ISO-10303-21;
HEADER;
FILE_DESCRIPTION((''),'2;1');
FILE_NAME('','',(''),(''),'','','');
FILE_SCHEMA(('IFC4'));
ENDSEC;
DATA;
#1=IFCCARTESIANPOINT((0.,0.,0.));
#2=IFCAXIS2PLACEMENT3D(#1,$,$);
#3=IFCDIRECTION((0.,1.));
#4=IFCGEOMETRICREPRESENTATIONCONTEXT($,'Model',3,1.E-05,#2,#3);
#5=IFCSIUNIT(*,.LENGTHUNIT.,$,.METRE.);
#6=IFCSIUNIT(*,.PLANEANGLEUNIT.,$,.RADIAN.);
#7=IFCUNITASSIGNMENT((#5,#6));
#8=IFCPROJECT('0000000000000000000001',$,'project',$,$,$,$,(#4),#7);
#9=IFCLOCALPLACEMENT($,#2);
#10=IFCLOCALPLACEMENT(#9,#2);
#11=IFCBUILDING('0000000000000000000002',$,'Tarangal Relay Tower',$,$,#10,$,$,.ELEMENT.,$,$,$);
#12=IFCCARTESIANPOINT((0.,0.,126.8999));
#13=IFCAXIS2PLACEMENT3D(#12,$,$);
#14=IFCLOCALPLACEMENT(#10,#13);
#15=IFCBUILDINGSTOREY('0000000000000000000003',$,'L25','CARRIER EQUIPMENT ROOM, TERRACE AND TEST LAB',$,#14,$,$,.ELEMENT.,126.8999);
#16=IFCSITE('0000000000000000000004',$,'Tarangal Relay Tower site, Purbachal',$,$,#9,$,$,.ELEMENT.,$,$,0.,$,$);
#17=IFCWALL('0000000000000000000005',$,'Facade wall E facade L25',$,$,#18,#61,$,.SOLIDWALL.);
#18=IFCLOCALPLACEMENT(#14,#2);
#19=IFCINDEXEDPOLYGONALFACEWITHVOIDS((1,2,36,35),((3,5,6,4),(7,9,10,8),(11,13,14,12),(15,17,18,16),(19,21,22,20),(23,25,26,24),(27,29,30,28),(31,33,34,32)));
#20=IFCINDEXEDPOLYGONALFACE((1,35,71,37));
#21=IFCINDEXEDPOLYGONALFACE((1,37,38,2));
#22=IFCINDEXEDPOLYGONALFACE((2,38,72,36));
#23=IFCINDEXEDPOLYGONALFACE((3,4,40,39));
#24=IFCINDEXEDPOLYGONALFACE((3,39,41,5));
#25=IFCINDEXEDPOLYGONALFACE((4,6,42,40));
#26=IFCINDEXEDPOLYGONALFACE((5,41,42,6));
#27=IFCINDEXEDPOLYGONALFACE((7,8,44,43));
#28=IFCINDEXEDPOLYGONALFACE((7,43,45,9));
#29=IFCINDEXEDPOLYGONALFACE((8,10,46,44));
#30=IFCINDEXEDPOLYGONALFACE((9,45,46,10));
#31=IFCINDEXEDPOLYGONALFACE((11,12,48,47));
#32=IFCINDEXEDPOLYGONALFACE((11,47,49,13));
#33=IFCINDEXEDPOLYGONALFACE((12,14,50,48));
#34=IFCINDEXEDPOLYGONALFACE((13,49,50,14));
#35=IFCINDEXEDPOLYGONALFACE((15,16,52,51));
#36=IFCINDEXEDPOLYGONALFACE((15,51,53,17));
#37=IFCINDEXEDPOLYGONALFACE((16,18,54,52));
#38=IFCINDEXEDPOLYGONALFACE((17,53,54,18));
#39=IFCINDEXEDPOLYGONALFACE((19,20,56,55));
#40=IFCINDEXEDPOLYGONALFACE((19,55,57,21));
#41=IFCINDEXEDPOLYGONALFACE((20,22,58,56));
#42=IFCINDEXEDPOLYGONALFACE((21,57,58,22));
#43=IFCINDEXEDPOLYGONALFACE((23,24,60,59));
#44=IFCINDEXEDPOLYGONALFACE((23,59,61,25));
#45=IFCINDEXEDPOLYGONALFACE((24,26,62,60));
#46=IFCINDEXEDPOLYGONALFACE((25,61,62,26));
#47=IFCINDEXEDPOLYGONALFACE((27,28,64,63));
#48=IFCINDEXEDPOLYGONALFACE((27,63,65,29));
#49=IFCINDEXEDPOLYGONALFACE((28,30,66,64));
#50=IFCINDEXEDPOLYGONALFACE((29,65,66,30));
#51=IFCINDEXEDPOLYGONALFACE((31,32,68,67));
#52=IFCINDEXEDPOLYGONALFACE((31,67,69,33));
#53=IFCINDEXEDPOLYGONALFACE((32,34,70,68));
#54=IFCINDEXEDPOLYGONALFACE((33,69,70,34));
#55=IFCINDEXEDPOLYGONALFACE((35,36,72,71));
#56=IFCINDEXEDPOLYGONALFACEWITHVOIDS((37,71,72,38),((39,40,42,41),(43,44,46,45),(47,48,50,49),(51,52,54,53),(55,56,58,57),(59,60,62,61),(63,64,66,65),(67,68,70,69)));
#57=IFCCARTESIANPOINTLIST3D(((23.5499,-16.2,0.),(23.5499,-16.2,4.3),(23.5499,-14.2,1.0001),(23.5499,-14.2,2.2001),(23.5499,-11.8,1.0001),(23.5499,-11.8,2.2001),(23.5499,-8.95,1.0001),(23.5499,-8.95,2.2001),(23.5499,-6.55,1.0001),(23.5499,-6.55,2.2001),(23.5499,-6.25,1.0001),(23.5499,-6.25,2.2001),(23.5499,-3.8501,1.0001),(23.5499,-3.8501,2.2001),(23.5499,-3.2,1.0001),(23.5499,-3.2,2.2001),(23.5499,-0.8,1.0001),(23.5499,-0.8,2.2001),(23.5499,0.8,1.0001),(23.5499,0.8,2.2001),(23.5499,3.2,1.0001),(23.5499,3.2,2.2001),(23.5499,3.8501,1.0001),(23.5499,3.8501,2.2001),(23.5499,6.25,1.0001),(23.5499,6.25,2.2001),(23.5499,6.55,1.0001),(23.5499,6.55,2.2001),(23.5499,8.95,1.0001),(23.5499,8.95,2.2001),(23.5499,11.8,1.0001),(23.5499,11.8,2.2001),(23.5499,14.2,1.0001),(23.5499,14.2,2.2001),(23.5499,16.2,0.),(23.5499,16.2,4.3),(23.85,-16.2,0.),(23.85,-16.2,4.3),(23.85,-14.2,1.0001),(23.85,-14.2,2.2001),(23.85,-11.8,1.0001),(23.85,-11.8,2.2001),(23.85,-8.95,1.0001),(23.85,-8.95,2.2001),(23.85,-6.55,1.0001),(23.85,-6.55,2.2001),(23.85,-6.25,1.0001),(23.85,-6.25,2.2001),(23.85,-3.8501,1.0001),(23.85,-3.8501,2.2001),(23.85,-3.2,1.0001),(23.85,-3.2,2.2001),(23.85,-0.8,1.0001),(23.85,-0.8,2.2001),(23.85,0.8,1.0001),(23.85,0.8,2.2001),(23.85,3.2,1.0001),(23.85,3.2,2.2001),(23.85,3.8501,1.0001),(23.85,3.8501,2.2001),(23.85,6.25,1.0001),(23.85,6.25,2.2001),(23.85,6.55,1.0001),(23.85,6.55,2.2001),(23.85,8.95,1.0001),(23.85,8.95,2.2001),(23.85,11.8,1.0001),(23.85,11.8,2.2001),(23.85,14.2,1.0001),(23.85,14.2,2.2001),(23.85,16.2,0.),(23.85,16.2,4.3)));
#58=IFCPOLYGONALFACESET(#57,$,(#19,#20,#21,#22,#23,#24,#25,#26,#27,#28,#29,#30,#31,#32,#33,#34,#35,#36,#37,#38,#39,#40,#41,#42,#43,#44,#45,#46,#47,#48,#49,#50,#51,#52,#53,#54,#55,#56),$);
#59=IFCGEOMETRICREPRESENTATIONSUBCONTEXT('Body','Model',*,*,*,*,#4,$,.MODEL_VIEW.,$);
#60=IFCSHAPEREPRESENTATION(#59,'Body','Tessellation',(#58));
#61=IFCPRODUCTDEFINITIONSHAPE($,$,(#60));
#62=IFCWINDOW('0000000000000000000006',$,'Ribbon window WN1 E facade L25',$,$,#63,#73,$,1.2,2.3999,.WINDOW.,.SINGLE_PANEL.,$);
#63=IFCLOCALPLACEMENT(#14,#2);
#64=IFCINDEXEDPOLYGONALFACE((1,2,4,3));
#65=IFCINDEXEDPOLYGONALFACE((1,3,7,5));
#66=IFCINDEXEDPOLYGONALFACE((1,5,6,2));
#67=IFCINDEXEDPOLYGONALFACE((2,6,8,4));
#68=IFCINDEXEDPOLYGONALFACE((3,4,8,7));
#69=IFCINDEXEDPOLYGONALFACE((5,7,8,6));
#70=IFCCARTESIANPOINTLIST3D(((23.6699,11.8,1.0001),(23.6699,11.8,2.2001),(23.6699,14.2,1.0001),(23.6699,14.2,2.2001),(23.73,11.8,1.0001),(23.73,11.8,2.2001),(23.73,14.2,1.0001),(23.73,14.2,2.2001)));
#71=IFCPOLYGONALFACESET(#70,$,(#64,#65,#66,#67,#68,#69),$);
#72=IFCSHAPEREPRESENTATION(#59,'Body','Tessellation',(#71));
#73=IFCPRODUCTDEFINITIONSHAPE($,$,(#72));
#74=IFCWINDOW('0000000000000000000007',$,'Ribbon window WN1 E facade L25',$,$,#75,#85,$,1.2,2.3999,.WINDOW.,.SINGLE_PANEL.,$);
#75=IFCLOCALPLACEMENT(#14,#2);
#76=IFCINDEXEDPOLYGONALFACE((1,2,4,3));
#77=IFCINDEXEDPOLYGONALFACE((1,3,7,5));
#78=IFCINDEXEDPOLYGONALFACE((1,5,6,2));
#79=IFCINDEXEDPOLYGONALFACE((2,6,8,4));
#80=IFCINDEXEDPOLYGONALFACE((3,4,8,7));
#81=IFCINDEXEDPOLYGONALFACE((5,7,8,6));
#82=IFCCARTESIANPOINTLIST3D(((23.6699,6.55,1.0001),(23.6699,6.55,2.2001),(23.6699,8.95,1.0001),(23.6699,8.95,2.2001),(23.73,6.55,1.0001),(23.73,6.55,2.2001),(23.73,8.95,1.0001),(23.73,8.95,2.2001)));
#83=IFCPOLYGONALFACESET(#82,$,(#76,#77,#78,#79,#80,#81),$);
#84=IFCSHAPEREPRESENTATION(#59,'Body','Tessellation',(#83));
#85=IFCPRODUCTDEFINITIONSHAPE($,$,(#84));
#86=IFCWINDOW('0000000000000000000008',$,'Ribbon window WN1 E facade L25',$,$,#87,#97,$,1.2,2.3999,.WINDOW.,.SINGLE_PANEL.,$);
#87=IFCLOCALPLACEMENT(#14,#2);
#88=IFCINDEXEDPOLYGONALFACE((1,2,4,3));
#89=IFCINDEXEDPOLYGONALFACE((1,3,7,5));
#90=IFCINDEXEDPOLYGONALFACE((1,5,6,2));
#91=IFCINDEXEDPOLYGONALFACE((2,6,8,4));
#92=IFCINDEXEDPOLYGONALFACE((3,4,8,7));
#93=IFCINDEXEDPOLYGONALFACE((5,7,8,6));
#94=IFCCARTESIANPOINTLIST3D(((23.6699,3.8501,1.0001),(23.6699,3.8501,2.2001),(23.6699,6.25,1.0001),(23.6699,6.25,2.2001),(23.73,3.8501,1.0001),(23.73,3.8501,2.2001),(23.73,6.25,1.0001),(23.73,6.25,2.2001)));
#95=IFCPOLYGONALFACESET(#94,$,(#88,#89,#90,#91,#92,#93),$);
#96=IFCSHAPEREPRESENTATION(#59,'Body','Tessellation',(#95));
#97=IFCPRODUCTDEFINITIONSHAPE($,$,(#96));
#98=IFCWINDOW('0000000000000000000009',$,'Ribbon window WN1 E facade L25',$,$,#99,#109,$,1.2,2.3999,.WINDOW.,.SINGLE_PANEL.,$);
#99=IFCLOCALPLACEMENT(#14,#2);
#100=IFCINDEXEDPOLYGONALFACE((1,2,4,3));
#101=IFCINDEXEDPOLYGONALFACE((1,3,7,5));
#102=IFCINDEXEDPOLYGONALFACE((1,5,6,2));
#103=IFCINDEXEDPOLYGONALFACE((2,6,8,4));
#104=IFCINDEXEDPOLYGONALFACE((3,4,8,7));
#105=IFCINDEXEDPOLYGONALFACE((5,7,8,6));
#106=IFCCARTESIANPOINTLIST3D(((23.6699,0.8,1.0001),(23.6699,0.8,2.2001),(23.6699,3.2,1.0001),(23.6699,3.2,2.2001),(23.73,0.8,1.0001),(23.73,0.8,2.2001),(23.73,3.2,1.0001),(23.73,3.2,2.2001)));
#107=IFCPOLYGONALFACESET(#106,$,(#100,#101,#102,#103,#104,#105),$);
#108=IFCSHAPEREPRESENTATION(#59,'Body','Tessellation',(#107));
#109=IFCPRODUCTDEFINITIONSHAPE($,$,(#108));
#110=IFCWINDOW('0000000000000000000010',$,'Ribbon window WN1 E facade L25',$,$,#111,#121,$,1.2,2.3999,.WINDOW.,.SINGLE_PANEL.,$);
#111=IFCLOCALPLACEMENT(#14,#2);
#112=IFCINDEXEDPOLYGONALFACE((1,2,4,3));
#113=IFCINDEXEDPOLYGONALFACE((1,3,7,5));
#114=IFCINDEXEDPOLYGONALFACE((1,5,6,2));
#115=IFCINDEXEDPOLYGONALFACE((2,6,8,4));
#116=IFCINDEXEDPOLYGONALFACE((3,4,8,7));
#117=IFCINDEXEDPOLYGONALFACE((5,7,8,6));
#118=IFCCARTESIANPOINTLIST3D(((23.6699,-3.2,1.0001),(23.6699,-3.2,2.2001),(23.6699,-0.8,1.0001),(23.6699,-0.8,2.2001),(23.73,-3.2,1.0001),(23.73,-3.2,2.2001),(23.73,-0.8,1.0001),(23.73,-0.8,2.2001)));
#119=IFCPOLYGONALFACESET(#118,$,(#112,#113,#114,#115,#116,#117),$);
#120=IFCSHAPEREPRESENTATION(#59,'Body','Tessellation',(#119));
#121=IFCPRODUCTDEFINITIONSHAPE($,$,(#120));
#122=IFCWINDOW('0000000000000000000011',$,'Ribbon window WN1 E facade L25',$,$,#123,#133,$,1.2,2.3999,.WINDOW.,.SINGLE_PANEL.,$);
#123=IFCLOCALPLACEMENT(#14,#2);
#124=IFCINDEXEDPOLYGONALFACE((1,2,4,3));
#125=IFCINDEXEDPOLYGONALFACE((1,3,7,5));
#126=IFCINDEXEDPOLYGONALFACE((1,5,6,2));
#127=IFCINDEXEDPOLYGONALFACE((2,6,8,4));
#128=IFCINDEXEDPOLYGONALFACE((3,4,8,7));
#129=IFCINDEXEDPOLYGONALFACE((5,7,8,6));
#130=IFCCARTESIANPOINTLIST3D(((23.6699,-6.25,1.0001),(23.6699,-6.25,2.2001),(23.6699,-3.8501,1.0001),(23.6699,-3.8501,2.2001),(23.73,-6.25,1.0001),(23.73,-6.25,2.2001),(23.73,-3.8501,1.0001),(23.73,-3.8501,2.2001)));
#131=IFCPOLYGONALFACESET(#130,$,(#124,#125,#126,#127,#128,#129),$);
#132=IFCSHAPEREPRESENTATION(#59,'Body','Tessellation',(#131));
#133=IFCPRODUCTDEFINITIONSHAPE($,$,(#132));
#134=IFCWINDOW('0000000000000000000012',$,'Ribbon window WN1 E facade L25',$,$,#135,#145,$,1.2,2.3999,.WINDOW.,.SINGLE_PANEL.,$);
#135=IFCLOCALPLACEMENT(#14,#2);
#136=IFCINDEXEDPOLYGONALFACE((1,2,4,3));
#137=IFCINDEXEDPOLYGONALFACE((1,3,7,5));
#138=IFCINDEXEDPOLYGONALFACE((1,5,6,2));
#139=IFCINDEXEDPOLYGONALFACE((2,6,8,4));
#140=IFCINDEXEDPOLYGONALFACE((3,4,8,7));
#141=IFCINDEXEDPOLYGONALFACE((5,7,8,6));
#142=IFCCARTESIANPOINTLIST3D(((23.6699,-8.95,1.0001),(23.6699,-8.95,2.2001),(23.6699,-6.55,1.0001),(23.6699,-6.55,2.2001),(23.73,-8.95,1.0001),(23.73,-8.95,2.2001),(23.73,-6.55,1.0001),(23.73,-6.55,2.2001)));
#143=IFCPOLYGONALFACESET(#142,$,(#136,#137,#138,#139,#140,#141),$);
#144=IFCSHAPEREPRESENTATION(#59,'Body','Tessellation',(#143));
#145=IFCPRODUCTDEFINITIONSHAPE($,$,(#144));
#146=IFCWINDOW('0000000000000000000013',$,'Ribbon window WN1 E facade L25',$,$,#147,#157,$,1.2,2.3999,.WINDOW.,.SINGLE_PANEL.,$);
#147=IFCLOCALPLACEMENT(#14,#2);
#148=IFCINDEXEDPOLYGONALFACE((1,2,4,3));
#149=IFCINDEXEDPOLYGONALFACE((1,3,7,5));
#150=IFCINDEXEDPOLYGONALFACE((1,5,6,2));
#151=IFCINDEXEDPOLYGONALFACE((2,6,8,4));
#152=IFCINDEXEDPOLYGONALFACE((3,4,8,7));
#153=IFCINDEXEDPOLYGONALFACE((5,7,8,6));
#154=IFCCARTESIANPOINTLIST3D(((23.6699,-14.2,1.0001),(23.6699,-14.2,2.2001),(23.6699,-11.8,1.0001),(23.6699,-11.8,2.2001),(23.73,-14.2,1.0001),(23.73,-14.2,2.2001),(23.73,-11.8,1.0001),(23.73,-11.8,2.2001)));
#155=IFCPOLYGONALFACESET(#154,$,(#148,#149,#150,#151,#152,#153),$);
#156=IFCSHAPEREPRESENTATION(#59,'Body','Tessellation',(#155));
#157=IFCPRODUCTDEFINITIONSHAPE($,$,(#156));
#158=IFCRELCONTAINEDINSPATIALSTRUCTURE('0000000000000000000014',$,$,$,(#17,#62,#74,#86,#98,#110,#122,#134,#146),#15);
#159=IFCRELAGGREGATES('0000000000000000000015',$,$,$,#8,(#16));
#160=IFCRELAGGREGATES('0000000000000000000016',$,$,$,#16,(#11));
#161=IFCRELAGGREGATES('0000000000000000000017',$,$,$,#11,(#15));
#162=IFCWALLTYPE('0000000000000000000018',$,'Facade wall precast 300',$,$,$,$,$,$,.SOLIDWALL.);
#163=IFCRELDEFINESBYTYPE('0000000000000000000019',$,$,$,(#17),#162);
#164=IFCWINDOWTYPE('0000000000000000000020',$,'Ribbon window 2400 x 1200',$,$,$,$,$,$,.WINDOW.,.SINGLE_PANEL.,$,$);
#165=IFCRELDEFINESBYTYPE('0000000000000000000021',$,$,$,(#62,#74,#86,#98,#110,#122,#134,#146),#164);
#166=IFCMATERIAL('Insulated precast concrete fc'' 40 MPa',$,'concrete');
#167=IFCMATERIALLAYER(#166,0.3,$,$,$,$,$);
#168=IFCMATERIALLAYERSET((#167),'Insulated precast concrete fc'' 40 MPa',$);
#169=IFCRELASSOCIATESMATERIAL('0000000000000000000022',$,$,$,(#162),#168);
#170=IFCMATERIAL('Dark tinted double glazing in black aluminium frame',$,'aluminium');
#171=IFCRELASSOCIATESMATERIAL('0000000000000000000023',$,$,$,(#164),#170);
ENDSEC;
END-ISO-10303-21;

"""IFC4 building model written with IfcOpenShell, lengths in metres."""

from ifc_helpers import new_model, si_unit, direction, frame, frame_2d, origin, place, context, subcontext, project, spatial, rectangle, extrude, material, layer, layer_set, type_object, element, fill, save


model = new_model("IFC4")

# Units and contexts
model_context = context("Model", 3, precision=1e-05, world=origin(), true_north=direction((0.0, 1.0)))
body_context = subcontext(model_context, "Body", "Model", "MODEL_VIEW")
ifc_project = project(units=[si_unit("LENGTHUNIT", "METRE"), si_unit("PLANEANGLEUNIT", "RADIAN")], contexts=[model_context])

# Site, building, storey
site_placement = place(None, origin())
site = spatial("IfcSite", under=ifc_project, at=site_placement, Name="Tarangal Relay Tower site, Purbachal", CompositionType="ELEMENT", RefElevation=0.0)
building_placement = place(site_placement, origin())
building = spatial("IfcBuilding", under=site, at=building_placement, Name="Tarangal Relay Tower", CompositionType="ELEMENT")
storey_placement = place(building_placement, frame((0.0, 0.0, 126.8999)))
storey = spatial("IfcBuildingStorey", under=building, at=storey_placement, Name="L25", Description="CARRIER EQUIPMENT ROOM, TERRACE AND TEST LAB", CompositionType="ELEMENT", Elevation=126.8999)

# Shared definitions
ifc_material_1 = material(Name="Insulated precast concrete fc' 40 MPa", Category="concrete")
ifc_layer_1 = layer(ifc_material_1, 0.3)
ifc_layer_set_1 = layer_set([ifc_layer_1], Name="Insulated precast concrete fc' 40 MPa")
wall_type_1 = type_object("IfcWallType", Name="Facade wall precast 300", PredefinedType="SOLIDWALL", material=ifc_layer_set_1)

# Wall, openings, windows
wall_1_placement = place(storey_placement, frame((23.7, 16.2, 0.0), z_axis=(0.0, 0.0, 1.0), x_axis=(0.0, -1.0, 0.0)))
wall_1 = element("IfcWall", 1, at=wall_1_placement, inside=storey, type_object=wall_type_1, Name="Facade wall E facade L25", PredefinedType="SOLIDWALL", context=body_context, shape_type="SweptSolid", body=[
    extrude(rectangle(XDim=32.3999, YDim=0.3, at=frame_2d((16.2, 0.0))), origin(), (0.0, 0.0, 1.0), 4.3),
])
opening_1_placement = place(wall_1_placement, frame((2.0, 0.0, 1.0)))
opening_1 = element("IfcOpeningElement", 2, at=opening_1_placement, cuts=wall_1, PredefinedType="OPENING", context=body_context, shape_type="SweptSolid", body=[
    extrude(rectangle(XDim=2.3999, YDim=1.2, at=frame_2d((1.2, 0.6001))), frame((0.0, 0.1599, 0.0), z_axis=(0.0, -1.0, 0.0), x_axis=(1.0, 0.0, 0.0)), (0.0, 0.0, 1.0), 0.3201),
])
opening_2_placement = place(wall_1_placement, frame((7.25, 0.0, 1.0)))
opening_2 = element("IfcOpeningElement", 3, at=opening_2_placement, cuts=wall_1, PredefinedType="OPENING", context=body_context, shape_type="SweptSolid", body=[
    extrude(rectangle(XDim=2.3999, YDim=1.2, at=frame_2d((1.2, 0.6001))), frame((0.0, 0.1599, 0.0), z_axis=(0.0, -1.0, 0.0), x_axis=(1.0, 0.0, 0.0)), (0.0, 0.0, 1.0), 0.3201),
])
opening_3_placement = place(wall_1_placement, frame((9.95, 0.0, 1.0)))
opening_3 = element("IfcOpeningElement", 4, at=opening_3_placement, cuts=wall_1, PredefinedType="OPENING", context=body_context, shape_type="SweptSolid", body=[
    extrude(rectangle(XDim=2.3999, YDim=1.2, at=frame_2d((1.2, 0.6001))), frame((0.0, 0.1599, 0.0), z_axis=(0.0, -1.0, 0.0), x_axis=(1.0, 0.0, 0.0)), (0.0, 0.0, 1.0), 0.3201),
])
opening_4_placement = place(wall_1_placement, frame((13.0, 0.0, 1.0)))
opening_4 = element("IfcOpeningElement", 5, at=opening_4_placement, cuts=wall_1, PredefinedType="OPENING", context=body_context, shape_type="SweptSolid", body=[
    extrude(rectangle(XDim=2.3999, YDim=1.2, at=frame_2d((1.2, 0.6001))), frame((0.0, 0.1599, 0.0), z_axis=(0.0, -1.0, 0.0), x_axis=(1.0, 0.0, 0.0)), (0.0, 0.0, 1.0), 0.3201),
])
opening_5_placement = place(wall_1_placement, frame((17.0, 0.0, 1.0)))
opening_5 = element("IfcOpeningElement", 6, at=opening_5_placement, cuts=wall_1, PredefinedType="OPENING", context=body_context, shape_type="SweptSolid", body=[
    extrude(rectangle(XDim=2.3999, YDim=1.2, at=frame_2d((1.2, 0.6001))), frame((0.0, 0.1599, 0.0), z_axis=(0.0, -1.0, 0.0), x_axis=(1.0, 0.0, 0.0)), (0.0, 0.0, 1.0), 0.3201),
])
opening_6_placement = place(wall_1_placement, frame((20.05, 0.0, 1.0)))
opening_6 = element("IfcOpeningElement", 7, at=opening_6_placement, cuts=wall_1, PredefinedType="OPENING", context=body_context, shape_type="SweptSolid", body=[
    extrude(rectangle(XDim=2.3999, YDim=1.2, at=frame_2d((1.2, 0.6001))), frame((0.0, 0.1599, 0.0), z_axis=(0.0, -1.0, 0.0), x_axis=(1.0, 0.0, 0.0)), (0.0, 0.0, 1.0), 0.3201),
])
opening_7_placement = place(wall_1_placement, frame((22.75, 0.0, 1.0)))
opening_7 = element("IfcOpeningElement", 8, at=opening_7_placement, cuts=wall_1, PredefinedType="OPENING", context=body_context, shape_type="SweptSolid", body=[
    extrude(rectangle(XDim=2.3999, YDim=1.2, at=frame_2d((1.2, 0.6001))), frame((0.0, 0.1599, 0.0), z_axis=(0.0, -1.0, 0.0), x_axis=(1.0, 0.0, 0.0)), (0.0, 0.0, 1.0), 0.3201),
])
opening_8_placement = place(wall_1_placement, frame((28.0, 0.0, 1.0)))
opening_8 = element("IfcOpeningElement", 9, at=opening_8_placement, cuts=wall_1, PredefinedType="OPENING", context=body_context, shape_type="SweptSolid", body=[
    extrude(rectangle(XDim=2.3999, YDim=1.2, at=frame_2d((1.2, 0.6001))), frame((0.0, 0.1599, 0.0), z_axis=(0.0, -1.0, 0.0), x_axis=(1.0, 0.0, 0.0)), (0.0, 0.0, 1.0), 0.3201),
])
ifc_material_2 = material(Name="Dark tinted double glazing in black aluminium frame", Category="aluminium")
window_type = type_object("IfcWindowType", Name="Ribbon window 2400 x 1200", PartitioningType="SINGLE_PANEL", PredefinedType="WINDOW", material=ifc_material_2)
window_1_placement = place(opening_1_placement, origin())
window_1 = element("IfcWindow", 10, at=window_1_placement, inside=storey, type_object=window_type, Name="Ribbon window WN1 E facade L25", OverallHeight=1.2, OverallWidth=2.3999, PartitioningType="SINGLE_PANEL", PredefinedType="WINDOW", context=body_context, shape_type="SweptSolid", body=[
    extrude(rectangle(XDim=2.3999, YDim=1.2, at=frame_2d((1.2, 0.6001))), frame((0.0, 0.03, 0.0), z_axis=(0.0, -1.0, 0.0), x_axis=(1.0, 0.0, 0.0)), (0.0, 0.0, 1.0), 0.0601),
])
fill(opening_1, window_1)
window_2_placement = place(opening_2_placement, origin())
window_2 = element("IfcWindow", 11, at=window_2_placement, inside=storey, type_object=window_type, Name="Ribbon window WN1 E facade L25", OverallHeight=1.2, OverallWidth=2.3999, PartitioningType="SINGLE_PANEL", PredefinedType="WINDOW", context=body_context, shape_type="SweptSolid", body=[
    extrude(rectangle(XDim=2.3999, YDim=1.2, at=frame_2d((1.2, 0.6001))), frame((0.0, 0.03, 0.0), z_axis=(0.0, -1.0, 0.0), x_axis=(1.0, 0.0, 0.0)), (0.0, 0.0, 1.0), 0.0601),
])
fill(opening_2, window_2)
window_3_placement = place(opening_3_placement, origin())
window_3 = element("IfcWindow", 12, at=window_3_placement, inside=storey, type_object=window_type, Name="Ribbon window WN1 E facade L25", OverallHeight=1.2, OverallWidth=2.3999, PartitioningType="SINGLE_PANEL", PredefinedType="WINDOW", context=body_context, shape_type="SweptSolid", body=[
    extrude(rectangle(XDim=2.3999, YDim=1.2, at=frame_2d((1.2, 0.6001))), frame((0.0, 0.03, 0.0), z_axis=(0.0, -1.0, 0.0), x_axis=(1.0, 0.0, 0.0)), (0.0, 0.0, 1.0), 0.0601),
])
fill(opening_3, window_3)
window_4_placement = place(opening_4_placement, origin())
window_4 = element("IfcWindow", 13, at=window_4_placement, inside=storey, type_object=window_type, Name="Ribbon window WN1 E facade L25", OverallHeight=1.2, OverallWidth=2.3999, PartitioningType="SINGLE_PANEL", PredefinedType="WINDOW", context=body_context, shape_type="SweptSolid", body=[
    extrude(rectangle(XDim=2.3999, YDim=1.2, at=frame_2d((1.2, 0.6001))), frame((0.0, 0.03, 0.0), z_axis=(0.0, -1.0, 0.0), x_axis=(1.0, 0.0, 0.0)), (0.0, 0.0, 1.0), 0.0601),
])
fill(opening_4, window_4)
window_5_placement = place(opening_5_placement, origin())
window_5 = element("IfcWindow", 14, at=window_5_placement, inside=storey, type_object=window_type, Name="Ribbon window WN1 E facade L25", OverallHeight=1.2, OverallWidth=2.3999, PartitioningType="SINGLE_PANEL", PredefinedType="WINDOW", context=body_context, shape_type="SweptSolid", body=[
    extrude(rectangle(XDim=2.3999, YDim=1.2, at=frame_2d((1.2, 0.6001))), frame((0.0, 0.03, 0.0), z_axis=(0.0, -1.0, 0.0), x_axis=(1.0, 0.0, 0.0)), (0.0, 0.0, 1.0), 0.0601),
])
fill(opening_5, window_5)
window_6_placement = place(opening_6_placement, origin())
window_6 = element("IfcWindow", 15, at=window_6_placement, inside=storey, type_object=window_type, Name="Ribbon window WN1 E facade L25", OverallHeight=1.2, OverallWidth=2.3999, PartitioningType="SINGLE_PANEL", PredefinedType="WINDOW", context=body_context, shape_type="SweptSolid", body=[
    extrude(rectangle(XDim=2.3999, YDim=1.2, at=frame_2d((1.2, 0.6001))), frame((0.0, 0.03, 0.0), z_axis=(0.0, -1.0, 0.0), x_axis=(1.0, 0.0, 0.0)), (0.0, 0.0, 1.0), 0.0601),
])
fill(opening_6, window_6)
window_7_placement = place(opening_7_placement, origin())
window_7 = element("IfcWindow", 16, at=window_7_placement, inside=storey, type_object=window_type, Name="Ribbon window WN1 E facade L25", OverallHeight=1.2, OverallWidth=2.3999, PartitioningType="SINGLE_PANEL", PredefinedType="WINDOW", context=body_context, shape_type="SweptSolid", body=[
    extrude(rectangle(XDim=2.3999, YDim=1.2, at=frame_2d((1.2, 0.6001))), frame((0.0, 0.03, 0.0), z_axis=(0.0, -1.0, 0.0), x_axis=(1.0, 0.0, 0.0)), (0.0, 0.0, 1.0), 0.0601),
])
fill(opening_7, window_7)
window_8_placement = place(opening_8_placement, origin())
window_8 = element("IfcWindow", 17, at=window_8_placement, inside=storey, type_object=window_type, Name="Ribbon window WN1 E facade L25", OverallHeight=1.2, OverallWidth=2.3999, PartitioningType="SINGLE_PANEL", PredefinedType="WINDOW", context=body_context, shape_type="SweptSolid", body=[
    extrude(rectangle(XDim=2.3999, YDim=1.2, at=frame_2d((1.2, 0.6001))), frame((0.0, 0.03, 0.0), z_axis=(0.0, -1.0, 0.0), x_axis=(1.0, 0.0, 0.0)), (0.0, 0.0, 1.0), 0.0601),
])
fill(opening_8, window_8)

save(model, "model.ifc")
